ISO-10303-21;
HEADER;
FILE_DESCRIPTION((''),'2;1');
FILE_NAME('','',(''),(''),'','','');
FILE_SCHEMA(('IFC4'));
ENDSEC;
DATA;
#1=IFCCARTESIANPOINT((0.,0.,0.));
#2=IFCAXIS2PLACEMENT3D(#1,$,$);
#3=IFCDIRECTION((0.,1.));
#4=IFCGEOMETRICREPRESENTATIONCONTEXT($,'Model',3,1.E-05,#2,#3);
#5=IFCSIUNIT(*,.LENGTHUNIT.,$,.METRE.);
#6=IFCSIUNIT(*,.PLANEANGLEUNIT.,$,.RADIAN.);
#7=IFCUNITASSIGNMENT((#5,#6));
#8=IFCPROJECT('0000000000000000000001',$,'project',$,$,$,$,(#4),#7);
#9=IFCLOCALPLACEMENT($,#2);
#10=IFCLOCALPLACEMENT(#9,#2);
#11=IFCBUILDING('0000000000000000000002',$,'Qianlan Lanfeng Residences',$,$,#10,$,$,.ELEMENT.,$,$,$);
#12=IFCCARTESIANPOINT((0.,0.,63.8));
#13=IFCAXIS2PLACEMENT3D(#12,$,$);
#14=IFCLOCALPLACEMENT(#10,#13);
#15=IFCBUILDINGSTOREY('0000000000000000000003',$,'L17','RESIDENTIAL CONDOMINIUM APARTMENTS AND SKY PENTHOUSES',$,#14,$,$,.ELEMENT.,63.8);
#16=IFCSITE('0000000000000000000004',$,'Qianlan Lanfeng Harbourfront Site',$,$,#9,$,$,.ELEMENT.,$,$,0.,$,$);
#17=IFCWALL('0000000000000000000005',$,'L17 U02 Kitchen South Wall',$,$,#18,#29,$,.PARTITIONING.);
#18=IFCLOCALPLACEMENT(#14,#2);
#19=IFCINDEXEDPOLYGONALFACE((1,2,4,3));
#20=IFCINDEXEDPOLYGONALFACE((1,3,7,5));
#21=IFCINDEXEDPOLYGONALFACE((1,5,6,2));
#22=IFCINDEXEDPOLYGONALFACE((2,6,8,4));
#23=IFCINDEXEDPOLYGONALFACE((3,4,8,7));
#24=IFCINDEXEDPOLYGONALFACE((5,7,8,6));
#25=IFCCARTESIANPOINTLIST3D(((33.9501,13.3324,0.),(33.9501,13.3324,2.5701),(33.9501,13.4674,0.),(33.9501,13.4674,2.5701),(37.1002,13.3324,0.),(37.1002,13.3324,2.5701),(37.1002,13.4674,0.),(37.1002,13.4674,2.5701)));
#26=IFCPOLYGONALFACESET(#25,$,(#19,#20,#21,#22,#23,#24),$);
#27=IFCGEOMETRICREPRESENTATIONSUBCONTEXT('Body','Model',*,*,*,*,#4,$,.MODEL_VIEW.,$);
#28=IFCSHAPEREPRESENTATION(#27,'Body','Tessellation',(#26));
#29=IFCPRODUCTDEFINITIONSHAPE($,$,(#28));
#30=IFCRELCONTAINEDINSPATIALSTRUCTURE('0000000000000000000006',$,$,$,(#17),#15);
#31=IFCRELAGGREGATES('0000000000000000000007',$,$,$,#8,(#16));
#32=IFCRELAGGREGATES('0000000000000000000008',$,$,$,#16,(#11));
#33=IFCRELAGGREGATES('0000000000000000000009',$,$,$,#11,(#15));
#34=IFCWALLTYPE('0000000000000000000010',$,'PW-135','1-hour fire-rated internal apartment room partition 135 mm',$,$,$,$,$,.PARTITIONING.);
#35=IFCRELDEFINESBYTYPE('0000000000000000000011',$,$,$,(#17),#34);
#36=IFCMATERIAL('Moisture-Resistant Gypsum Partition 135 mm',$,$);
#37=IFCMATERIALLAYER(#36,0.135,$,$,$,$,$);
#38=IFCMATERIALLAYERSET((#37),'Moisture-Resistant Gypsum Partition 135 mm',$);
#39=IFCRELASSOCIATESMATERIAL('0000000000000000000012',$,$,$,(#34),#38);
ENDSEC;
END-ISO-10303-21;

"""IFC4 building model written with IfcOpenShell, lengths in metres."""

from ifc_helpers import new_model, si_unit, direction, frame, frame_2d, origin, place, context, subcontext, project, spatial, rectangle, extrude, material, layer, layer_set, type_object, element, save


model = new_model("IFC4")

# Units and contexts
model_context = context("Model", 3, precision=1e-05, world=origin(), true_north=direction((0.0, 1.0)))
body_context = subcontext(model_context, "Body", "Model", "MODEL_VIEW")
ifc_project = project(units=[si_unit("LENGTHUNIT", "METRE"), si_unit("PLANEANGLEUNIT", "RADIAN")], contexts=[model_context])

# Site, building, storey
site_placement = place(None, origin())
site = spatial("IfcSite", under=ifc_project, at=site_placement, Name="Qianlan Lanfeng Harbourfront Site", CompositionType="ELEMENT", RefElevation=0.0)
building_placement = place(site_placement, origin())
building = spatial("IfcBuilding", under=site, at=building_placement, Name="Qianlan Lanfeng Residences", CompositionType="ELEMENT")
storey_placement = place(building_placement, frame((0.0, 0.0, 63.8)))
storey = spatial("IfcBuildingStorey", under=building, at=storey_placement, Name="L17", Description="RESIDENTIAL CONDOMINIUM APARTMENTS AND SKY PENTHOUSES", CompositionType="ELEMENT", Elevation=63.8)

# Shared definitions
ifc_material_1 = material(Name="Moisture-Resistant Gypsum Partition 135 mm")
ifc_layer_1 = layer(ifc_material_1, 0.135)
ifc_layer_set_1 = layer_set([ifc_layer_1], Name="Moisture-Resistant Gypsum Partition 135 mm")
wall_type_1 = type_object("IfcWallType", Name="PW-135", Description="1-hour fire-rated internal apartment room partition 135 mm", PredefinedType="PARTITIONING", material=ifc_layer_set_1)

# Wall
wall_1_placement = place(storey_placement, frame((33.95, 13.3999, 0.0), z_axis=(0.0, 0.0, 1.0), x_axis=(1.0, 0.0, 0.0)))
element("IfcWall", 1, at=wall_1_placement, inside=storey, type_object=wall_type_1, Name="L17 U02 Kitchen South Wall", PredefinedType="PARTITIONING", context=body_context, shape_type="SweptSolid", body=[
    extrude(rectangle(XDim=3.1501, YDim=0.135, at=frame_2d((1.5752, 0.0))), origin(), (0.0, 0.0, 1.0), 2.5701),
])

save(model, "model.ifc")
